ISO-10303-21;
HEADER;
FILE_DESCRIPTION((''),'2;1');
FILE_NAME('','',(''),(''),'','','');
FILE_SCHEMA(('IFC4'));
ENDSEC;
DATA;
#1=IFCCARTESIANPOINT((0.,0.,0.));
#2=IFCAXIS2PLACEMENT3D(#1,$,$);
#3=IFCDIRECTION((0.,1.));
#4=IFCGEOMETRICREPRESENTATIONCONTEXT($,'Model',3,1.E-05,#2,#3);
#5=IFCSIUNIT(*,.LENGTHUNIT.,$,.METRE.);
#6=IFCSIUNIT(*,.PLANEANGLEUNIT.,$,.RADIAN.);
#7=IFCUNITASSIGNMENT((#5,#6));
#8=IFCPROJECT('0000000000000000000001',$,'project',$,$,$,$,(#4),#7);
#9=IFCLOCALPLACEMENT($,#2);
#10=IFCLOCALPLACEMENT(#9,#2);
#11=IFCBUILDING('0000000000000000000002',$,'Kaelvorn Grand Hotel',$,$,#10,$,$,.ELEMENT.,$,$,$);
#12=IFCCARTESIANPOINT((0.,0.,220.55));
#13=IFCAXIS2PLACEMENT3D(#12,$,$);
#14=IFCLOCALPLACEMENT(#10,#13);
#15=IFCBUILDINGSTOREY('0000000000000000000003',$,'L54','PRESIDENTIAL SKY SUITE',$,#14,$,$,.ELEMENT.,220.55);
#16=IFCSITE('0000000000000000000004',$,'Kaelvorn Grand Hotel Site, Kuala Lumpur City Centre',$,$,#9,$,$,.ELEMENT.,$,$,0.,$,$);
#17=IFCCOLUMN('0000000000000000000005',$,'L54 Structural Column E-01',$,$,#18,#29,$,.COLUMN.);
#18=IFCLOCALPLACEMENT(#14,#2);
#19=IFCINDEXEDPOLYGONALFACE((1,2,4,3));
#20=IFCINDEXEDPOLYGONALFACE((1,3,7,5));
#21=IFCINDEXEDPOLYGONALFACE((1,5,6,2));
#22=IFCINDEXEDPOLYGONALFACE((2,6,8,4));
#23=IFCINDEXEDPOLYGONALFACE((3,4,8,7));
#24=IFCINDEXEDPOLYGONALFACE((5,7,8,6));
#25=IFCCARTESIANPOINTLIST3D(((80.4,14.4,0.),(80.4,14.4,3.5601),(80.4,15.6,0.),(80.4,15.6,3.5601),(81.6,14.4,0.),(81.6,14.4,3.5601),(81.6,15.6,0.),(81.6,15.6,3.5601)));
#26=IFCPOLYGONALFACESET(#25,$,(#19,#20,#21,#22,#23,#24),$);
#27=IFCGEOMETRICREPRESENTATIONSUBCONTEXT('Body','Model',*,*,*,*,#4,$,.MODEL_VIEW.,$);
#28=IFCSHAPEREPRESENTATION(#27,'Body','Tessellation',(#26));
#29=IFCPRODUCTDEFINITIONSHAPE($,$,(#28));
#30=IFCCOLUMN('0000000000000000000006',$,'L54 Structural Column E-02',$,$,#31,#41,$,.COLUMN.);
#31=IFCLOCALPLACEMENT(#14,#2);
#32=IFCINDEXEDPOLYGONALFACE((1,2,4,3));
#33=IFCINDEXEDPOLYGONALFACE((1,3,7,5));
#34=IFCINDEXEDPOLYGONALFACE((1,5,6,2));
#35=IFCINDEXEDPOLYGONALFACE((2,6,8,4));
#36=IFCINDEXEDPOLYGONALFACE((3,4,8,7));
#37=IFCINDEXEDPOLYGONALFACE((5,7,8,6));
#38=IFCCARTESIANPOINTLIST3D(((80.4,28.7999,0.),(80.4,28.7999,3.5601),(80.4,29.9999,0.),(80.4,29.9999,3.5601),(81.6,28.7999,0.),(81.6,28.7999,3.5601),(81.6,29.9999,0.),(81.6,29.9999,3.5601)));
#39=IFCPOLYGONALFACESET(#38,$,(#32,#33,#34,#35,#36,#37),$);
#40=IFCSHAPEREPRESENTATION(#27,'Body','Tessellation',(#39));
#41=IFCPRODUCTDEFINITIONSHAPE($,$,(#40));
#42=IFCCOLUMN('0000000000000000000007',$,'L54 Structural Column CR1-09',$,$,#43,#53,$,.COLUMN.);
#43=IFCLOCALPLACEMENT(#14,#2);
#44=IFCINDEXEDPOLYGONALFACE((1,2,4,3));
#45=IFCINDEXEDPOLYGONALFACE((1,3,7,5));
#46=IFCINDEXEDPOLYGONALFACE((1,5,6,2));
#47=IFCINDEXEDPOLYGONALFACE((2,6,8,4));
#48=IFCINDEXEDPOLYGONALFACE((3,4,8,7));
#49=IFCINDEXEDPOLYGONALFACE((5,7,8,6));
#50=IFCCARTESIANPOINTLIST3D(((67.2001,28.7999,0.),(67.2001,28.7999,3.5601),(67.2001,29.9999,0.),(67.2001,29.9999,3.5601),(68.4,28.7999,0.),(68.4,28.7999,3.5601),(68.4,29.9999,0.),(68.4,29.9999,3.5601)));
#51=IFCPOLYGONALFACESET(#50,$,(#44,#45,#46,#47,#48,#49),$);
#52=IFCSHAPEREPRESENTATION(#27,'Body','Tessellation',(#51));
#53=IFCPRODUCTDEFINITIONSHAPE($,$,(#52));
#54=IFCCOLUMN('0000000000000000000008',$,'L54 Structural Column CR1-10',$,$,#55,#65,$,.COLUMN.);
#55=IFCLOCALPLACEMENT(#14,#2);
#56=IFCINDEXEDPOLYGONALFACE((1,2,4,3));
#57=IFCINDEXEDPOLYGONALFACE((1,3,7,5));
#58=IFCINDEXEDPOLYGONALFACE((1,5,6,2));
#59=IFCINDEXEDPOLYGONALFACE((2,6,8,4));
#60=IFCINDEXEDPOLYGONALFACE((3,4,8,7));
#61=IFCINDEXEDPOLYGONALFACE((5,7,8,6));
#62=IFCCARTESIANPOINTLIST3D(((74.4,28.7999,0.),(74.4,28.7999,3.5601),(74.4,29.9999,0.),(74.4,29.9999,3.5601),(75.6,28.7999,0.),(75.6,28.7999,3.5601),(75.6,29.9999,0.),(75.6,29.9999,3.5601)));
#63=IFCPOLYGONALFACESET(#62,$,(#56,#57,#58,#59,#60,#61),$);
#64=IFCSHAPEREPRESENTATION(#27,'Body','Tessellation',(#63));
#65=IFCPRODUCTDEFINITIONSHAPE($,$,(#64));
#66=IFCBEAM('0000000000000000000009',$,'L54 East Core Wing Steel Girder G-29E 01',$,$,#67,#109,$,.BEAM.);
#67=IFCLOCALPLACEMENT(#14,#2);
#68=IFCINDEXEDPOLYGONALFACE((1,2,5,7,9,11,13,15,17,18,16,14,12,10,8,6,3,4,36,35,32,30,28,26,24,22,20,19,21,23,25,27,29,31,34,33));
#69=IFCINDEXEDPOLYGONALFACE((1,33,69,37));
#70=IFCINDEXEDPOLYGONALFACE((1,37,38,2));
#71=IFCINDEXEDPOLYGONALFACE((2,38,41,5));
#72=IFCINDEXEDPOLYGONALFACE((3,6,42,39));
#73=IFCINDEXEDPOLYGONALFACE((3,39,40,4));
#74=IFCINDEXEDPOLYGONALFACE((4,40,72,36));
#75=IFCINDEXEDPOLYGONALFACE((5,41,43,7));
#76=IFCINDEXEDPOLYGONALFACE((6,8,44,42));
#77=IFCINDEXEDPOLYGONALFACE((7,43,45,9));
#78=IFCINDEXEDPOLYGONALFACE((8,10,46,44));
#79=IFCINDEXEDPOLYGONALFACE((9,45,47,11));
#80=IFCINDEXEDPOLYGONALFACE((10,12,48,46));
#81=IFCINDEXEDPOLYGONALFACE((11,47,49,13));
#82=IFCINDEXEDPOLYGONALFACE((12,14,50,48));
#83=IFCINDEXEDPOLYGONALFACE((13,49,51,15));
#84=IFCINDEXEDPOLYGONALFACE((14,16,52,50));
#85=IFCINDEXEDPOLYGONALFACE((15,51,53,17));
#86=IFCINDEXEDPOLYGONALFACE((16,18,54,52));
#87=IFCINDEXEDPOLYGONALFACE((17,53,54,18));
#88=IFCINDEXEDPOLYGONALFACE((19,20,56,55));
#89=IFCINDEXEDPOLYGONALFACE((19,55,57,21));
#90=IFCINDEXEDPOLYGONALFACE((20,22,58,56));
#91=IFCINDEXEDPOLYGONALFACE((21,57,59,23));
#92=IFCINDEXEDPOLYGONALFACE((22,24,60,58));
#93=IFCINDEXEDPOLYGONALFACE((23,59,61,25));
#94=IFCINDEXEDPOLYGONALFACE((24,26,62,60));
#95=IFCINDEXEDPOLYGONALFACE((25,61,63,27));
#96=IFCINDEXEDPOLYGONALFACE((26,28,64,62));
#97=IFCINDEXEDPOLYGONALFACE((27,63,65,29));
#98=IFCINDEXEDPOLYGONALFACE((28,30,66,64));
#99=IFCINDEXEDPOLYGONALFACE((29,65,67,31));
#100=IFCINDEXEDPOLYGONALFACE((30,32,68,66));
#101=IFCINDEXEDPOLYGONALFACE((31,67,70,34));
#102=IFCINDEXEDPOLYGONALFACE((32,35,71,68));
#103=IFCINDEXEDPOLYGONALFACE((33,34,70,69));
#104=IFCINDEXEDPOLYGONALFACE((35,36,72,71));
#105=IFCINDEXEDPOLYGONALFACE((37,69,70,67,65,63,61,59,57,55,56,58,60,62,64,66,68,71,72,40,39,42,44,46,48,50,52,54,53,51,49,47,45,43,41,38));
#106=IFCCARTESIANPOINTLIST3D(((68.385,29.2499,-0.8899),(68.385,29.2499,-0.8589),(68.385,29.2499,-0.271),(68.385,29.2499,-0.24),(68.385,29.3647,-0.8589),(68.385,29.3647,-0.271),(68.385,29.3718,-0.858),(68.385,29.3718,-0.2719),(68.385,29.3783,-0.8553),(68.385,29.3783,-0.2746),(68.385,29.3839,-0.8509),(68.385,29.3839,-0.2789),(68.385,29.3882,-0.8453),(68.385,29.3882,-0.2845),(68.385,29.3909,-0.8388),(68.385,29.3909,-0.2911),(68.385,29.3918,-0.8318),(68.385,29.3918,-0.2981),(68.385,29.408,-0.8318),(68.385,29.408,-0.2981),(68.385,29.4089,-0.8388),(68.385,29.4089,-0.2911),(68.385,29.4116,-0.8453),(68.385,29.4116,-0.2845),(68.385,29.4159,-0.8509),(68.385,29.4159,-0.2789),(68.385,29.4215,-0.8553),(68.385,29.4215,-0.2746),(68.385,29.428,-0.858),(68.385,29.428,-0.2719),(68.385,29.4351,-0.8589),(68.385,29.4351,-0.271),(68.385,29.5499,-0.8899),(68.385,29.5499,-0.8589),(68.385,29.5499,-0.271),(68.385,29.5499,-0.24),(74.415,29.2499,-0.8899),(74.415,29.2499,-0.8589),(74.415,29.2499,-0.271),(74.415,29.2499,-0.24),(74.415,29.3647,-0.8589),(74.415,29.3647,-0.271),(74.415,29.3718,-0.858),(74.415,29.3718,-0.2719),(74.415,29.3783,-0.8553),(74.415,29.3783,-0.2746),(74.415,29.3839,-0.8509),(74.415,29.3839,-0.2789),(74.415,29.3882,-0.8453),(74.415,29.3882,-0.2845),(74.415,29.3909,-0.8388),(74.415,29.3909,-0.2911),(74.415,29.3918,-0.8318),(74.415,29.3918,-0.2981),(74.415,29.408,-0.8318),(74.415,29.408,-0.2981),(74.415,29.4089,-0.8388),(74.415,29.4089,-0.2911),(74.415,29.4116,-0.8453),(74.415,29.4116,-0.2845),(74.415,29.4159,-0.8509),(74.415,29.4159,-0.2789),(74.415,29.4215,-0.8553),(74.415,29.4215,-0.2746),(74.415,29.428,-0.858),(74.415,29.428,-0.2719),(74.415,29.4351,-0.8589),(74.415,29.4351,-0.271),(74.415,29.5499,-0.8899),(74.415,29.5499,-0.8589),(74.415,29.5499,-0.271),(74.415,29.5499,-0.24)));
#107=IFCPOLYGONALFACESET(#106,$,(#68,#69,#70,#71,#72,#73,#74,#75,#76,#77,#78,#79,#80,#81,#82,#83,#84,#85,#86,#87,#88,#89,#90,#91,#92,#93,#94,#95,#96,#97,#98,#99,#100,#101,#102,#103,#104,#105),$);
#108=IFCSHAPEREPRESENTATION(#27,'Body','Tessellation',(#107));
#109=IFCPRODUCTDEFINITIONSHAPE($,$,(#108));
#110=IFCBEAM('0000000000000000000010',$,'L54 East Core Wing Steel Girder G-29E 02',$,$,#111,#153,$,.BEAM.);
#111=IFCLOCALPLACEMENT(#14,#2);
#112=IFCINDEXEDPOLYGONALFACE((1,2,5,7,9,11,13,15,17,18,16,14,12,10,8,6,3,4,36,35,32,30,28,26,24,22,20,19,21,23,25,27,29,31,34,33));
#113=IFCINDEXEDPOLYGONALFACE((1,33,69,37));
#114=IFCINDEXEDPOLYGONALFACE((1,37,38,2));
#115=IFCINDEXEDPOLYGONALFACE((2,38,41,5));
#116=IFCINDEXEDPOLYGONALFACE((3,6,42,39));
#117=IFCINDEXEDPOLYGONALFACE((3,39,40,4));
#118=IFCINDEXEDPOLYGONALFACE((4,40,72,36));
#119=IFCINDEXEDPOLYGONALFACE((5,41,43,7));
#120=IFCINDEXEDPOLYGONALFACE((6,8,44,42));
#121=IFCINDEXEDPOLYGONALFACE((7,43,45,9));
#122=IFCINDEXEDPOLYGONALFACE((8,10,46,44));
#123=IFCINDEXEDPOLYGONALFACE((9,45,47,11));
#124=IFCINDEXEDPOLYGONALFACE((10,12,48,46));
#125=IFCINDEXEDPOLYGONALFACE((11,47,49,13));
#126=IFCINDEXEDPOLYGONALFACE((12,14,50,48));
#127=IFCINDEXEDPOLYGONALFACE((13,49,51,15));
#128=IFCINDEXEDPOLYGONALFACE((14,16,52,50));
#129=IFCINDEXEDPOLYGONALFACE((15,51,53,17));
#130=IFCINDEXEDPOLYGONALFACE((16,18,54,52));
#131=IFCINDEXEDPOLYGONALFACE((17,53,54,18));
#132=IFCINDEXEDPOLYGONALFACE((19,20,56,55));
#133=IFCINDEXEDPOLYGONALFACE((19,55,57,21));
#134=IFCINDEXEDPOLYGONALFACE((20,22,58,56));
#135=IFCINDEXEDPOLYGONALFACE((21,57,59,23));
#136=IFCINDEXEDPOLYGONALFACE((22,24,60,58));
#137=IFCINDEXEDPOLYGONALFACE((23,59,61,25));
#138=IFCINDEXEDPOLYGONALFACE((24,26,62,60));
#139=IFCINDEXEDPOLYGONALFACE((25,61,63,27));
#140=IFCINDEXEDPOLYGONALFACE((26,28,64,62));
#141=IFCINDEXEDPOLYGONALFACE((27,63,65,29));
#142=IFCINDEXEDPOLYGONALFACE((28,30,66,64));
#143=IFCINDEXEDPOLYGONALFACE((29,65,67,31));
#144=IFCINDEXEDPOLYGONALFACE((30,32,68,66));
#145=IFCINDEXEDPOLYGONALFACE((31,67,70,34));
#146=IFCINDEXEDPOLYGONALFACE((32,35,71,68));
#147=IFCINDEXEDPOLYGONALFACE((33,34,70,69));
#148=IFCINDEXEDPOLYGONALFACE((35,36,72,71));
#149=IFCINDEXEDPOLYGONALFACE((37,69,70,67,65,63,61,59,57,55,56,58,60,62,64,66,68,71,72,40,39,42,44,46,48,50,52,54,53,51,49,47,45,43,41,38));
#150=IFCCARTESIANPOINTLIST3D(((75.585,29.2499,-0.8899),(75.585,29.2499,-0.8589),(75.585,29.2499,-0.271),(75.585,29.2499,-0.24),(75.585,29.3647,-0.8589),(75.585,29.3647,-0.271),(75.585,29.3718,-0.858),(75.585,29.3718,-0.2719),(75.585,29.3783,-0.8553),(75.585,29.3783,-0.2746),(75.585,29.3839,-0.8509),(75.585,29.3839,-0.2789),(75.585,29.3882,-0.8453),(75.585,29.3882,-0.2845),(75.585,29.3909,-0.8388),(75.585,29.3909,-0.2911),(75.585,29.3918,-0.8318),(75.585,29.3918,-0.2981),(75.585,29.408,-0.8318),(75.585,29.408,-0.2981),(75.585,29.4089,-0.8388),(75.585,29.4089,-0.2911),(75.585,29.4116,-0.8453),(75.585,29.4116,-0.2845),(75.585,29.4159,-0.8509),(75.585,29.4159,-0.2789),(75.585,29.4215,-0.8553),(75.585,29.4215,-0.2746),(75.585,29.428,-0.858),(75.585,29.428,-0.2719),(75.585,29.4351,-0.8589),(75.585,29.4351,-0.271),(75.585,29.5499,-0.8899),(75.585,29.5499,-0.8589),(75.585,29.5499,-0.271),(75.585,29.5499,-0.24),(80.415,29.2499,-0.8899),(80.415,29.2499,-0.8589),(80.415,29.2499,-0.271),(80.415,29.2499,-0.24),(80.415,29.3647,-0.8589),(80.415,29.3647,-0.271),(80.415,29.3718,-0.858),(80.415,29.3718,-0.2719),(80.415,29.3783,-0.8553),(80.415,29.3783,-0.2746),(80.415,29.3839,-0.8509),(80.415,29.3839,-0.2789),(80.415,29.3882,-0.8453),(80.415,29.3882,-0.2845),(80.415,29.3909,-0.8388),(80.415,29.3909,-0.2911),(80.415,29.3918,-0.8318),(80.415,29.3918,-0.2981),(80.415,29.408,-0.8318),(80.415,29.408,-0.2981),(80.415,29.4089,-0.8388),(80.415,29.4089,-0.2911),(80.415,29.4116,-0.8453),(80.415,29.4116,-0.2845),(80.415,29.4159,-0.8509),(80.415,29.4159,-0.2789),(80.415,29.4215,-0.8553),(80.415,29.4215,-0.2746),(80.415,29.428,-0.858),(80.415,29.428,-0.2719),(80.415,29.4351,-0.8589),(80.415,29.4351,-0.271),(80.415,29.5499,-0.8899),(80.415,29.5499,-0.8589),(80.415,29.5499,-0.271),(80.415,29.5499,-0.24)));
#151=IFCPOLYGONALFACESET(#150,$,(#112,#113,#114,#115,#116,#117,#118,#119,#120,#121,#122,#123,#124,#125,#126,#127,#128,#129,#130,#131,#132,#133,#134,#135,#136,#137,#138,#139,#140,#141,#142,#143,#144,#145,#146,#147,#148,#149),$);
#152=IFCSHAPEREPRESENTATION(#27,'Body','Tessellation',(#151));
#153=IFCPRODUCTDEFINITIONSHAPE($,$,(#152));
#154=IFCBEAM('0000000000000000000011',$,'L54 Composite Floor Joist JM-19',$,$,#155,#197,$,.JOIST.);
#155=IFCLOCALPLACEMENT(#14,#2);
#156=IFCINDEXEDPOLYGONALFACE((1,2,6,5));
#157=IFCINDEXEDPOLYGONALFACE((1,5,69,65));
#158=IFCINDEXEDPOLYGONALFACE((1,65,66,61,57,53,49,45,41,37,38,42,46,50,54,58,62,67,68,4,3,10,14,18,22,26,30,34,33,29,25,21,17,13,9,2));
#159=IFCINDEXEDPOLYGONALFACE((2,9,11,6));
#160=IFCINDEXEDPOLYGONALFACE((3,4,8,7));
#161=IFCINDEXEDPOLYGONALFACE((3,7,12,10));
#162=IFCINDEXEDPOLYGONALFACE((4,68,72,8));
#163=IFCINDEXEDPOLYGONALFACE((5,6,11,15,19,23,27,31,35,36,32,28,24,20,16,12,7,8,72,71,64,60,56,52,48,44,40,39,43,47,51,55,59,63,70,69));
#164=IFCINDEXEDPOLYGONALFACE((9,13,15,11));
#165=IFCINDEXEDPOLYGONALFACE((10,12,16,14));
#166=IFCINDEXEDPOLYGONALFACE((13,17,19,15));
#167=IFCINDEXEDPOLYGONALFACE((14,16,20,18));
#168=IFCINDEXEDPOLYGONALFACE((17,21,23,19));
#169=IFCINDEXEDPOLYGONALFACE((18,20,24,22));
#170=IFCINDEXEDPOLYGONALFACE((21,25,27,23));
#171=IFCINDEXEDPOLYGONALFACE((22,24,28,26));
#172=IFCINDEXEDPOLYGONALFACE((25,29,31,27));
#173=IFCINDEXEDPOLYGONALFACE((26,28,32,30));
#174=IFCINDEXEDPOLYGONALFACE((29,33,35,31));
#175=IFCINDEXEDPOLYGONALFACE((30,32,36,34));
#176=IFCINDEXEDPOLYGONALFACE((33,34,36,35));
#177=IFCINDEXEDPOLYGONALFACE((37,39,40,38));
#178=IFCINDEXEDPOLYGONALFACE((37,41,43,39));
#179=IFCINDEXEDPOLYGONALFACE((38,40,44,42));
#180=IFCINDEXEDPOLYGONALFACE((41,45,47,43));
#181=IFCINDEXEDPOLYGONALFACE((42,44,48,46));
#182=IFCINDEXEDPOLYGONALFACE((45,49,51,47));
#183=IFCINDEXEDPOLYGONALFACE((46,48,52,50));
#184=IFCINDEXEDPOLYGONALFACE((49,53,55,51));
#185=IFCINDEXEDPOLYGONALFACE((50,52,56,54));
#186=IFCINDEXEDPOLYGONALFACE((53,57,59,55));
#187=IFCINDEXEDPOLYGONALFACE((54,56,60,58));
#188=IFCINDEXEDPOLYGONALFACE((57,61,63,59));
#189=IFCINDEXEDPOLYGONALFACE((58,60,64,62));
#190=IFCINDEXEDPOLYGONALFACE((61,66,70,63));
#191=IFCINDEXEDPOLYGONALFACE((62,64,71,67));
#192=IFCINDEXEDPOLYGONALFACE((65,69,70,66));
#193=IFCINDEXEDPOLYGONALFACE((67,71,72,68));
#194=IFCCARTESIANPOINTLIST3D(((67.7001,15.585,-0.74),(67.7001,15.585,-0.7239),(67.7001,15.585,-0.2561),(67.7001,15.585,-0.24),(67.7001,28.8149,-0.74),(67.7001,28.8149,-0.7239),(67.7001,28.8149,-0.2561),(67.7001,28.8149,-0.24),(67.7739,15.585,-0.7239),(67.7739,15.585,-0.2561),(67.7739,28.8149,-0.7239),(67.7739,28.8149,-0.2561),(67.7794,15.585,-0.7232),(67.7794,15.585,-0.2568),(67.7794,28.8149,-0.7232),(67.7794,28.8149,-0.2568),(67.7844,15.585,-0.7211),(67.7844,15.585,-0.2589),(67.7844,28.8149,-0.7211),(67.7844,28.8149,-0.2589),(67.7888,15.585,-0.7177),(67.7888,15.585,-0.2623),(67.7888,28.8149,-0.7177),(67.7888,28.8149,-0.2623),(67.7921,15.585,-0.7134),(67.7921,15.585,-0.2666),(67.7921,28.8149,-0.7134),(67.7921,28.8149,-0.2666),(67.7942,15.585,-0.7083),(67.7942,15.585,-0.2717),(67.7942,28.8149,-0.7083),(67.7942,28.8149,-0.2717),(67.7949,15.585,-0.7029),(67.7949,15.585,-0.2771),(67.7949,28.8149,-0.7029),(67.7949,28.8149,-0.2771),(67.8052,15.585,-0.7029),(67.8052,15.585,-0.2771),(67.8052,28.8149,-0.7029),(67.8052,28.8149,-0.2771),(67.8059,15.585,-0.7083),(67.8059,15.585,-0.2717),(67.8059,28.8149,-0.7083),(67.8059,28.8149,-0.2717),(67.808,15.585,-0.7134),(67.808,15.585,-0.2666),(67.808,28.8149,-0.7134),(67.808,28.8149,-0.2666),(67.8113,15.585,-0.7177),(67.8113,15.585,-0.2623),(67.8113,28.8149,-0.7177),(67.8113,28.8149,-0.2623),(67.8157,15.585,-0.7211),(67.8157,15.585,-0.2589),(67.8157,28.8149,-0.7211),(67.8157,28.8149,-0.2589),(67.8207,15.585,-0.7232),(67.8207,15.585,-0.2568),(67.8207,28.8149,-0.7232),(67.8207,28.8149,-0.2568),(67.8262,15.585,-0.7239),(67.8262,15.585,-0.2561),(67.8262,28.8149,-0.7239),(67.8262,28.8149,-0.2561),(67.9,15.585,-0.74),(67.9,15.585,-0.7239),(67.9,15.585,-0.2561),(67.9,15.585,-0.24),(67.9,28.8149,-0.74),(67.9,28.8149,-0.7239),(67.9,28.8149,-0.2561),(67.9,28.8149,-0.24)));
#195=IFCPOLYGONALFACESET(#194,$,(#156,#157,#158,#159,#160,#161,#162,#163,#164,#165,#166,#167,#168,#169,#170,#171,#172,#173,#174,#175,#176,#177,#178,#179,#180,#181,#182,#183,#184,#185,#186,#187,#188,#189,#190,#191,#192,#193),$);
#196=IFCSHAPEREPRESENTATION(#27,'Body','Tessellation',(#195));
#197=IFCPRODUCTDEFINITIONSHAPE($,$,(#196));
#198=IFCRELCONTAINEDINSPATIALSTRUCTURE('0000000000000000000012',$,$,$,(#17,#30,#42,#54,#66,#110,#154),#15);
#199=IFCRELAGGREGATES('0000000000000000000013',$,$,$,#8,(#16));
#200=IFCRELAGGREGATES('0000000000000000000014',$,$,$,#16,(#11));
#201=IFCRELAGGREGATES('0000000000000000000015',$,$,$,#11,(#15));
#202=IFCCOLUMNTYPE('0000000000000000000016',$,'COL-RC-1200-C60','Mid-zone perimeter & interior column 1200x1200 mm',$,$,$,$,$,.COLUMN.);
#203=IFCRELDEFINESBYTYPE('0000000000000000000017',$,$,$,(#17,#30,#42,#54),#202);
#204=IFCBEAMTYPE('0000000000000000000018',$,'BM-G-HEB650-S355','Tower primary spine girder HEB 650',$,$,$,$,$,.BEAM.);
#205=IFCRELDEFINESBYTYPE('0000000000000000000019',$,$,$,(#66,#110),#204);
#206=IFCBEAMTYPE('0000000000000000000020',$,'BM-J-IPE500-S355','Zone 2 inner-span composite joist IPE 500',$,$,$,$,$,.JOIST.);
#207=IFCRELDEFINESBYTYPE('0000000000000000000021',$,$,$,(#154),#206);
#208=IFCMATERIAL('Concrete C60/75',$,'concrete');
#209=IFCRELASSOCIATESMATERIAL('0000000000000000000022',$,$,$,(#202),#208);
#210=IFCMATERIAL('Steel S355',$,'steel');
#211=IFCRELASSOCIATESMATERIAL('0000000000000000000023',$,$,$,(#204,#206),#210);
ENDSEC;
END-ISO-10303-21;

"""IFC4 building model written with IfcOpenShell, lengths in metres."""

from ifc_helpers import new_model, si_unit, direction, frame, origin, origin_2d, place, context, subcontext, project, spatial, rectangle, i_section, extrude, material, material_profile, profile_set, type_object, element, save


model = new_model("IFC4")

# Units and contexts
model_context = context("Model", 3, precision=1e-05, world=origin(), true_north=direction((0.0, 1.0)))
body_context = subcontext(model_context, "Body", "Model", "MODEL_VIEW")
ifc_project = project(units=[si_unit("LENGTHUNIT", "METRE"), si_unit("PLANEANGLEUNIT", "RADIAN")], contexts=[model_context])

# Site, building, storey
site_placement = place(None, origin())
site = spatial("IfcSite", under=ifc_project, at=site_placement, Name="Kaelvorn Grand Hotel Site, Kuala Lumpur City Centre", CompositionType="ELEMENT", RefElevation=0.0)
building_placement = place(site_placement, origin())
building = spatial("IfcBuilding", under=site, at=building_placement, Name="Kaelvorn Grand Hotel", CompositionType="ELEMENT")
storey_placement = place(building_placement, frame((0.0, 0.0, 220.55)))
storey = spatial("IfcBuildingStorey", under=building, at=storey_placement, Name="L54", Description="PRESIDENTIAL SKY SUITE", CompositionType="ELEMENT", Elevation=220.55)

# Columns
ifc_material_1 = material(Name="Concrete C60/75", Category="concrete")
ifc_material_profile_1 = material_profile(ifc_material_1, rectangle(XDim=1.2, YDim=1.2, at=origin_2d()), Name="RC COL 1200x1200")
ifc_profile_set_1 = profile_set([ifc_material_profile_1], Name="Concrete C60/75")
column_type = type_object("IfcColumnType", Name="COL-RC-1200-C60", Description="Mid-zone perimeter & interior column 1200x1200 mm", PredefinedType="COLUMN", material=ifc_profile_set_1)
for number, where, z_axis, x_axis, name in (
    (1, (81.0, 15.0, 0.0), (0.0, 0.0, 1.0), (1.0, 0.0, 0.0), "L54 Structural Column E-01"),
    (2, (81.0, 29.3999, 0.0), (0.0, 0.0, 1.0), (1.0, 0.0, 0.0), "L54 Structural Column E-02"),
    (3, (67.8, 29.3999, 0.0), (0.0, 0.0, 1.0), (1.0, 0.0, 0.0), "L54 Structural Column CR1-09"),
    (4, (75.0, 29.3999, 0.0), (0.0, 0.0, 1.0), (1.0, 0.0, 0.0), "L54 Structural Column CR1-10"),
):
    element("IfcColumn", number, at=place(storey_placement, frame(where, z_axis=z_axis, x_axis=x_axis)), inside=storey, type_object=column_type, Name=name, PredefinedType="COLUMN", context=body_context, shape_type="SweptSolid", body=[
        extrude(rectangle(XDim=1.2, YDim=1.2, at=origin_2d()), origin(), (0.0, 0.0, 1.0), 3.5601),
    ])

# Beams
ifc_material_2 = material(Name="Steel S355", Category="steel")
ifc_material_profile_2 = material_profile(ifc_material_2, i_section(OverallWidth=0.3, OverallDepth=0.6499, WebThickness=0.0161, FlangeThickness=0.031, FilletRadius=0.0271, at=origin_2d()), Name="HEB 650")
ifc_profile_set_2 = profile_set([ifc_material_profile_2], Name="Steel S355")
beam_type_1 = type_object("IfcBeamType", Name="BM-G-HEB650-S355", Description="Tower primary spine girder HEB 650", PredefinedType="BEAM", material=ifc_profile_set_2)
beam_1_placement = place(storey_placement, frame((68.385, 29.3999, -0.5649), z_axis=(1.0, 0.0, 0.0), x_axis=(0.0, 1.0, 0.0)))
element("IfcBeam", 5, at=beam_1_placement, inside=storey, type_object=beam_type_1, Name="L54 East Core Wing Steel Girder G-29E 01", PredefinedType="BEAM", context=body_context, shape_type="SweptSolid", body=[
    extrude(i_section(OverallWidth=0.3, OverallDepth=0.6499, WebThickness=0.0161, FlangeThickness=0.031, FilletRadius=0.0271, at=origin_2d()), origin(), (0.0, 0.0, 1.0), 6.03),
])
beam_2_placement = place(storey_placement, frame((75.585, 29.3999, -0.5649), z_axis=(1.0, 0.0, 0.0), x_axis=(0.0, 1.0, 0.0)))
element("IfcBeam", 6, at=beam_2_placement, inside=storey, type_object=beam_type_1, Name="L54 East Core Wing Steel Girder G-29E 02", PredefinedType="BEAM", context=body_context, shape_type="SweptSolid", body=[
    extrude(i_section(OverallWidth=0.3, OverallDepth=0.6499, WebThickness=0.0161, FlangeThickness=0.031, FilletRadius=0.0271, at=origin_2d()), origin(), (0.0, 0.0, 1.0), 4.8301),
])
ifc_material_profile_3 = material_profile(ifc_material_2, i_section(OverallWidth=0.2, OverallDepth=0.5, WebThickness=0.0103, FlangeThickness=0.0161, FilletRadius=0.021, at=origin_2d()), Name="IPE 500")
ifc_profile_set_3 = profile_set([ifc_material_profile_3], Name="Steel S355")
beam_type_2 = type_object("IfcBeamType", Name="BM-J-IPE500-S355", Description="Zone 2 inner-span composite joist IPE 500", PredefinedType="JOIST", material=ifc_profile_set_3)
beam_3_placement = place(storey_placement, frame((67.8, 15.585, -0.49), z_axis=(0.0, 1.0, 0.0), x_axis=(-1.0, 0.0, 0.0)))
element("IfcBeam", 7, at=beam_3_placement, inside=storey, type_object=beam_type_2, Name="L54 Composite Floor Joist JM-19", PredefinedType="JOIST", context=body_context, shape_type="SweptSolid", body=[
    extrude(i_section(OverallWidth=0.2, OverallDepth=0.5, WebThickness=0.0103, FlangeThickness=0.0161, FilletRadius=0.021, at=origin_2d()), origin(), (0.0, 0.0, 1.0), 13.23),
])

save(model, "model.ifc")
